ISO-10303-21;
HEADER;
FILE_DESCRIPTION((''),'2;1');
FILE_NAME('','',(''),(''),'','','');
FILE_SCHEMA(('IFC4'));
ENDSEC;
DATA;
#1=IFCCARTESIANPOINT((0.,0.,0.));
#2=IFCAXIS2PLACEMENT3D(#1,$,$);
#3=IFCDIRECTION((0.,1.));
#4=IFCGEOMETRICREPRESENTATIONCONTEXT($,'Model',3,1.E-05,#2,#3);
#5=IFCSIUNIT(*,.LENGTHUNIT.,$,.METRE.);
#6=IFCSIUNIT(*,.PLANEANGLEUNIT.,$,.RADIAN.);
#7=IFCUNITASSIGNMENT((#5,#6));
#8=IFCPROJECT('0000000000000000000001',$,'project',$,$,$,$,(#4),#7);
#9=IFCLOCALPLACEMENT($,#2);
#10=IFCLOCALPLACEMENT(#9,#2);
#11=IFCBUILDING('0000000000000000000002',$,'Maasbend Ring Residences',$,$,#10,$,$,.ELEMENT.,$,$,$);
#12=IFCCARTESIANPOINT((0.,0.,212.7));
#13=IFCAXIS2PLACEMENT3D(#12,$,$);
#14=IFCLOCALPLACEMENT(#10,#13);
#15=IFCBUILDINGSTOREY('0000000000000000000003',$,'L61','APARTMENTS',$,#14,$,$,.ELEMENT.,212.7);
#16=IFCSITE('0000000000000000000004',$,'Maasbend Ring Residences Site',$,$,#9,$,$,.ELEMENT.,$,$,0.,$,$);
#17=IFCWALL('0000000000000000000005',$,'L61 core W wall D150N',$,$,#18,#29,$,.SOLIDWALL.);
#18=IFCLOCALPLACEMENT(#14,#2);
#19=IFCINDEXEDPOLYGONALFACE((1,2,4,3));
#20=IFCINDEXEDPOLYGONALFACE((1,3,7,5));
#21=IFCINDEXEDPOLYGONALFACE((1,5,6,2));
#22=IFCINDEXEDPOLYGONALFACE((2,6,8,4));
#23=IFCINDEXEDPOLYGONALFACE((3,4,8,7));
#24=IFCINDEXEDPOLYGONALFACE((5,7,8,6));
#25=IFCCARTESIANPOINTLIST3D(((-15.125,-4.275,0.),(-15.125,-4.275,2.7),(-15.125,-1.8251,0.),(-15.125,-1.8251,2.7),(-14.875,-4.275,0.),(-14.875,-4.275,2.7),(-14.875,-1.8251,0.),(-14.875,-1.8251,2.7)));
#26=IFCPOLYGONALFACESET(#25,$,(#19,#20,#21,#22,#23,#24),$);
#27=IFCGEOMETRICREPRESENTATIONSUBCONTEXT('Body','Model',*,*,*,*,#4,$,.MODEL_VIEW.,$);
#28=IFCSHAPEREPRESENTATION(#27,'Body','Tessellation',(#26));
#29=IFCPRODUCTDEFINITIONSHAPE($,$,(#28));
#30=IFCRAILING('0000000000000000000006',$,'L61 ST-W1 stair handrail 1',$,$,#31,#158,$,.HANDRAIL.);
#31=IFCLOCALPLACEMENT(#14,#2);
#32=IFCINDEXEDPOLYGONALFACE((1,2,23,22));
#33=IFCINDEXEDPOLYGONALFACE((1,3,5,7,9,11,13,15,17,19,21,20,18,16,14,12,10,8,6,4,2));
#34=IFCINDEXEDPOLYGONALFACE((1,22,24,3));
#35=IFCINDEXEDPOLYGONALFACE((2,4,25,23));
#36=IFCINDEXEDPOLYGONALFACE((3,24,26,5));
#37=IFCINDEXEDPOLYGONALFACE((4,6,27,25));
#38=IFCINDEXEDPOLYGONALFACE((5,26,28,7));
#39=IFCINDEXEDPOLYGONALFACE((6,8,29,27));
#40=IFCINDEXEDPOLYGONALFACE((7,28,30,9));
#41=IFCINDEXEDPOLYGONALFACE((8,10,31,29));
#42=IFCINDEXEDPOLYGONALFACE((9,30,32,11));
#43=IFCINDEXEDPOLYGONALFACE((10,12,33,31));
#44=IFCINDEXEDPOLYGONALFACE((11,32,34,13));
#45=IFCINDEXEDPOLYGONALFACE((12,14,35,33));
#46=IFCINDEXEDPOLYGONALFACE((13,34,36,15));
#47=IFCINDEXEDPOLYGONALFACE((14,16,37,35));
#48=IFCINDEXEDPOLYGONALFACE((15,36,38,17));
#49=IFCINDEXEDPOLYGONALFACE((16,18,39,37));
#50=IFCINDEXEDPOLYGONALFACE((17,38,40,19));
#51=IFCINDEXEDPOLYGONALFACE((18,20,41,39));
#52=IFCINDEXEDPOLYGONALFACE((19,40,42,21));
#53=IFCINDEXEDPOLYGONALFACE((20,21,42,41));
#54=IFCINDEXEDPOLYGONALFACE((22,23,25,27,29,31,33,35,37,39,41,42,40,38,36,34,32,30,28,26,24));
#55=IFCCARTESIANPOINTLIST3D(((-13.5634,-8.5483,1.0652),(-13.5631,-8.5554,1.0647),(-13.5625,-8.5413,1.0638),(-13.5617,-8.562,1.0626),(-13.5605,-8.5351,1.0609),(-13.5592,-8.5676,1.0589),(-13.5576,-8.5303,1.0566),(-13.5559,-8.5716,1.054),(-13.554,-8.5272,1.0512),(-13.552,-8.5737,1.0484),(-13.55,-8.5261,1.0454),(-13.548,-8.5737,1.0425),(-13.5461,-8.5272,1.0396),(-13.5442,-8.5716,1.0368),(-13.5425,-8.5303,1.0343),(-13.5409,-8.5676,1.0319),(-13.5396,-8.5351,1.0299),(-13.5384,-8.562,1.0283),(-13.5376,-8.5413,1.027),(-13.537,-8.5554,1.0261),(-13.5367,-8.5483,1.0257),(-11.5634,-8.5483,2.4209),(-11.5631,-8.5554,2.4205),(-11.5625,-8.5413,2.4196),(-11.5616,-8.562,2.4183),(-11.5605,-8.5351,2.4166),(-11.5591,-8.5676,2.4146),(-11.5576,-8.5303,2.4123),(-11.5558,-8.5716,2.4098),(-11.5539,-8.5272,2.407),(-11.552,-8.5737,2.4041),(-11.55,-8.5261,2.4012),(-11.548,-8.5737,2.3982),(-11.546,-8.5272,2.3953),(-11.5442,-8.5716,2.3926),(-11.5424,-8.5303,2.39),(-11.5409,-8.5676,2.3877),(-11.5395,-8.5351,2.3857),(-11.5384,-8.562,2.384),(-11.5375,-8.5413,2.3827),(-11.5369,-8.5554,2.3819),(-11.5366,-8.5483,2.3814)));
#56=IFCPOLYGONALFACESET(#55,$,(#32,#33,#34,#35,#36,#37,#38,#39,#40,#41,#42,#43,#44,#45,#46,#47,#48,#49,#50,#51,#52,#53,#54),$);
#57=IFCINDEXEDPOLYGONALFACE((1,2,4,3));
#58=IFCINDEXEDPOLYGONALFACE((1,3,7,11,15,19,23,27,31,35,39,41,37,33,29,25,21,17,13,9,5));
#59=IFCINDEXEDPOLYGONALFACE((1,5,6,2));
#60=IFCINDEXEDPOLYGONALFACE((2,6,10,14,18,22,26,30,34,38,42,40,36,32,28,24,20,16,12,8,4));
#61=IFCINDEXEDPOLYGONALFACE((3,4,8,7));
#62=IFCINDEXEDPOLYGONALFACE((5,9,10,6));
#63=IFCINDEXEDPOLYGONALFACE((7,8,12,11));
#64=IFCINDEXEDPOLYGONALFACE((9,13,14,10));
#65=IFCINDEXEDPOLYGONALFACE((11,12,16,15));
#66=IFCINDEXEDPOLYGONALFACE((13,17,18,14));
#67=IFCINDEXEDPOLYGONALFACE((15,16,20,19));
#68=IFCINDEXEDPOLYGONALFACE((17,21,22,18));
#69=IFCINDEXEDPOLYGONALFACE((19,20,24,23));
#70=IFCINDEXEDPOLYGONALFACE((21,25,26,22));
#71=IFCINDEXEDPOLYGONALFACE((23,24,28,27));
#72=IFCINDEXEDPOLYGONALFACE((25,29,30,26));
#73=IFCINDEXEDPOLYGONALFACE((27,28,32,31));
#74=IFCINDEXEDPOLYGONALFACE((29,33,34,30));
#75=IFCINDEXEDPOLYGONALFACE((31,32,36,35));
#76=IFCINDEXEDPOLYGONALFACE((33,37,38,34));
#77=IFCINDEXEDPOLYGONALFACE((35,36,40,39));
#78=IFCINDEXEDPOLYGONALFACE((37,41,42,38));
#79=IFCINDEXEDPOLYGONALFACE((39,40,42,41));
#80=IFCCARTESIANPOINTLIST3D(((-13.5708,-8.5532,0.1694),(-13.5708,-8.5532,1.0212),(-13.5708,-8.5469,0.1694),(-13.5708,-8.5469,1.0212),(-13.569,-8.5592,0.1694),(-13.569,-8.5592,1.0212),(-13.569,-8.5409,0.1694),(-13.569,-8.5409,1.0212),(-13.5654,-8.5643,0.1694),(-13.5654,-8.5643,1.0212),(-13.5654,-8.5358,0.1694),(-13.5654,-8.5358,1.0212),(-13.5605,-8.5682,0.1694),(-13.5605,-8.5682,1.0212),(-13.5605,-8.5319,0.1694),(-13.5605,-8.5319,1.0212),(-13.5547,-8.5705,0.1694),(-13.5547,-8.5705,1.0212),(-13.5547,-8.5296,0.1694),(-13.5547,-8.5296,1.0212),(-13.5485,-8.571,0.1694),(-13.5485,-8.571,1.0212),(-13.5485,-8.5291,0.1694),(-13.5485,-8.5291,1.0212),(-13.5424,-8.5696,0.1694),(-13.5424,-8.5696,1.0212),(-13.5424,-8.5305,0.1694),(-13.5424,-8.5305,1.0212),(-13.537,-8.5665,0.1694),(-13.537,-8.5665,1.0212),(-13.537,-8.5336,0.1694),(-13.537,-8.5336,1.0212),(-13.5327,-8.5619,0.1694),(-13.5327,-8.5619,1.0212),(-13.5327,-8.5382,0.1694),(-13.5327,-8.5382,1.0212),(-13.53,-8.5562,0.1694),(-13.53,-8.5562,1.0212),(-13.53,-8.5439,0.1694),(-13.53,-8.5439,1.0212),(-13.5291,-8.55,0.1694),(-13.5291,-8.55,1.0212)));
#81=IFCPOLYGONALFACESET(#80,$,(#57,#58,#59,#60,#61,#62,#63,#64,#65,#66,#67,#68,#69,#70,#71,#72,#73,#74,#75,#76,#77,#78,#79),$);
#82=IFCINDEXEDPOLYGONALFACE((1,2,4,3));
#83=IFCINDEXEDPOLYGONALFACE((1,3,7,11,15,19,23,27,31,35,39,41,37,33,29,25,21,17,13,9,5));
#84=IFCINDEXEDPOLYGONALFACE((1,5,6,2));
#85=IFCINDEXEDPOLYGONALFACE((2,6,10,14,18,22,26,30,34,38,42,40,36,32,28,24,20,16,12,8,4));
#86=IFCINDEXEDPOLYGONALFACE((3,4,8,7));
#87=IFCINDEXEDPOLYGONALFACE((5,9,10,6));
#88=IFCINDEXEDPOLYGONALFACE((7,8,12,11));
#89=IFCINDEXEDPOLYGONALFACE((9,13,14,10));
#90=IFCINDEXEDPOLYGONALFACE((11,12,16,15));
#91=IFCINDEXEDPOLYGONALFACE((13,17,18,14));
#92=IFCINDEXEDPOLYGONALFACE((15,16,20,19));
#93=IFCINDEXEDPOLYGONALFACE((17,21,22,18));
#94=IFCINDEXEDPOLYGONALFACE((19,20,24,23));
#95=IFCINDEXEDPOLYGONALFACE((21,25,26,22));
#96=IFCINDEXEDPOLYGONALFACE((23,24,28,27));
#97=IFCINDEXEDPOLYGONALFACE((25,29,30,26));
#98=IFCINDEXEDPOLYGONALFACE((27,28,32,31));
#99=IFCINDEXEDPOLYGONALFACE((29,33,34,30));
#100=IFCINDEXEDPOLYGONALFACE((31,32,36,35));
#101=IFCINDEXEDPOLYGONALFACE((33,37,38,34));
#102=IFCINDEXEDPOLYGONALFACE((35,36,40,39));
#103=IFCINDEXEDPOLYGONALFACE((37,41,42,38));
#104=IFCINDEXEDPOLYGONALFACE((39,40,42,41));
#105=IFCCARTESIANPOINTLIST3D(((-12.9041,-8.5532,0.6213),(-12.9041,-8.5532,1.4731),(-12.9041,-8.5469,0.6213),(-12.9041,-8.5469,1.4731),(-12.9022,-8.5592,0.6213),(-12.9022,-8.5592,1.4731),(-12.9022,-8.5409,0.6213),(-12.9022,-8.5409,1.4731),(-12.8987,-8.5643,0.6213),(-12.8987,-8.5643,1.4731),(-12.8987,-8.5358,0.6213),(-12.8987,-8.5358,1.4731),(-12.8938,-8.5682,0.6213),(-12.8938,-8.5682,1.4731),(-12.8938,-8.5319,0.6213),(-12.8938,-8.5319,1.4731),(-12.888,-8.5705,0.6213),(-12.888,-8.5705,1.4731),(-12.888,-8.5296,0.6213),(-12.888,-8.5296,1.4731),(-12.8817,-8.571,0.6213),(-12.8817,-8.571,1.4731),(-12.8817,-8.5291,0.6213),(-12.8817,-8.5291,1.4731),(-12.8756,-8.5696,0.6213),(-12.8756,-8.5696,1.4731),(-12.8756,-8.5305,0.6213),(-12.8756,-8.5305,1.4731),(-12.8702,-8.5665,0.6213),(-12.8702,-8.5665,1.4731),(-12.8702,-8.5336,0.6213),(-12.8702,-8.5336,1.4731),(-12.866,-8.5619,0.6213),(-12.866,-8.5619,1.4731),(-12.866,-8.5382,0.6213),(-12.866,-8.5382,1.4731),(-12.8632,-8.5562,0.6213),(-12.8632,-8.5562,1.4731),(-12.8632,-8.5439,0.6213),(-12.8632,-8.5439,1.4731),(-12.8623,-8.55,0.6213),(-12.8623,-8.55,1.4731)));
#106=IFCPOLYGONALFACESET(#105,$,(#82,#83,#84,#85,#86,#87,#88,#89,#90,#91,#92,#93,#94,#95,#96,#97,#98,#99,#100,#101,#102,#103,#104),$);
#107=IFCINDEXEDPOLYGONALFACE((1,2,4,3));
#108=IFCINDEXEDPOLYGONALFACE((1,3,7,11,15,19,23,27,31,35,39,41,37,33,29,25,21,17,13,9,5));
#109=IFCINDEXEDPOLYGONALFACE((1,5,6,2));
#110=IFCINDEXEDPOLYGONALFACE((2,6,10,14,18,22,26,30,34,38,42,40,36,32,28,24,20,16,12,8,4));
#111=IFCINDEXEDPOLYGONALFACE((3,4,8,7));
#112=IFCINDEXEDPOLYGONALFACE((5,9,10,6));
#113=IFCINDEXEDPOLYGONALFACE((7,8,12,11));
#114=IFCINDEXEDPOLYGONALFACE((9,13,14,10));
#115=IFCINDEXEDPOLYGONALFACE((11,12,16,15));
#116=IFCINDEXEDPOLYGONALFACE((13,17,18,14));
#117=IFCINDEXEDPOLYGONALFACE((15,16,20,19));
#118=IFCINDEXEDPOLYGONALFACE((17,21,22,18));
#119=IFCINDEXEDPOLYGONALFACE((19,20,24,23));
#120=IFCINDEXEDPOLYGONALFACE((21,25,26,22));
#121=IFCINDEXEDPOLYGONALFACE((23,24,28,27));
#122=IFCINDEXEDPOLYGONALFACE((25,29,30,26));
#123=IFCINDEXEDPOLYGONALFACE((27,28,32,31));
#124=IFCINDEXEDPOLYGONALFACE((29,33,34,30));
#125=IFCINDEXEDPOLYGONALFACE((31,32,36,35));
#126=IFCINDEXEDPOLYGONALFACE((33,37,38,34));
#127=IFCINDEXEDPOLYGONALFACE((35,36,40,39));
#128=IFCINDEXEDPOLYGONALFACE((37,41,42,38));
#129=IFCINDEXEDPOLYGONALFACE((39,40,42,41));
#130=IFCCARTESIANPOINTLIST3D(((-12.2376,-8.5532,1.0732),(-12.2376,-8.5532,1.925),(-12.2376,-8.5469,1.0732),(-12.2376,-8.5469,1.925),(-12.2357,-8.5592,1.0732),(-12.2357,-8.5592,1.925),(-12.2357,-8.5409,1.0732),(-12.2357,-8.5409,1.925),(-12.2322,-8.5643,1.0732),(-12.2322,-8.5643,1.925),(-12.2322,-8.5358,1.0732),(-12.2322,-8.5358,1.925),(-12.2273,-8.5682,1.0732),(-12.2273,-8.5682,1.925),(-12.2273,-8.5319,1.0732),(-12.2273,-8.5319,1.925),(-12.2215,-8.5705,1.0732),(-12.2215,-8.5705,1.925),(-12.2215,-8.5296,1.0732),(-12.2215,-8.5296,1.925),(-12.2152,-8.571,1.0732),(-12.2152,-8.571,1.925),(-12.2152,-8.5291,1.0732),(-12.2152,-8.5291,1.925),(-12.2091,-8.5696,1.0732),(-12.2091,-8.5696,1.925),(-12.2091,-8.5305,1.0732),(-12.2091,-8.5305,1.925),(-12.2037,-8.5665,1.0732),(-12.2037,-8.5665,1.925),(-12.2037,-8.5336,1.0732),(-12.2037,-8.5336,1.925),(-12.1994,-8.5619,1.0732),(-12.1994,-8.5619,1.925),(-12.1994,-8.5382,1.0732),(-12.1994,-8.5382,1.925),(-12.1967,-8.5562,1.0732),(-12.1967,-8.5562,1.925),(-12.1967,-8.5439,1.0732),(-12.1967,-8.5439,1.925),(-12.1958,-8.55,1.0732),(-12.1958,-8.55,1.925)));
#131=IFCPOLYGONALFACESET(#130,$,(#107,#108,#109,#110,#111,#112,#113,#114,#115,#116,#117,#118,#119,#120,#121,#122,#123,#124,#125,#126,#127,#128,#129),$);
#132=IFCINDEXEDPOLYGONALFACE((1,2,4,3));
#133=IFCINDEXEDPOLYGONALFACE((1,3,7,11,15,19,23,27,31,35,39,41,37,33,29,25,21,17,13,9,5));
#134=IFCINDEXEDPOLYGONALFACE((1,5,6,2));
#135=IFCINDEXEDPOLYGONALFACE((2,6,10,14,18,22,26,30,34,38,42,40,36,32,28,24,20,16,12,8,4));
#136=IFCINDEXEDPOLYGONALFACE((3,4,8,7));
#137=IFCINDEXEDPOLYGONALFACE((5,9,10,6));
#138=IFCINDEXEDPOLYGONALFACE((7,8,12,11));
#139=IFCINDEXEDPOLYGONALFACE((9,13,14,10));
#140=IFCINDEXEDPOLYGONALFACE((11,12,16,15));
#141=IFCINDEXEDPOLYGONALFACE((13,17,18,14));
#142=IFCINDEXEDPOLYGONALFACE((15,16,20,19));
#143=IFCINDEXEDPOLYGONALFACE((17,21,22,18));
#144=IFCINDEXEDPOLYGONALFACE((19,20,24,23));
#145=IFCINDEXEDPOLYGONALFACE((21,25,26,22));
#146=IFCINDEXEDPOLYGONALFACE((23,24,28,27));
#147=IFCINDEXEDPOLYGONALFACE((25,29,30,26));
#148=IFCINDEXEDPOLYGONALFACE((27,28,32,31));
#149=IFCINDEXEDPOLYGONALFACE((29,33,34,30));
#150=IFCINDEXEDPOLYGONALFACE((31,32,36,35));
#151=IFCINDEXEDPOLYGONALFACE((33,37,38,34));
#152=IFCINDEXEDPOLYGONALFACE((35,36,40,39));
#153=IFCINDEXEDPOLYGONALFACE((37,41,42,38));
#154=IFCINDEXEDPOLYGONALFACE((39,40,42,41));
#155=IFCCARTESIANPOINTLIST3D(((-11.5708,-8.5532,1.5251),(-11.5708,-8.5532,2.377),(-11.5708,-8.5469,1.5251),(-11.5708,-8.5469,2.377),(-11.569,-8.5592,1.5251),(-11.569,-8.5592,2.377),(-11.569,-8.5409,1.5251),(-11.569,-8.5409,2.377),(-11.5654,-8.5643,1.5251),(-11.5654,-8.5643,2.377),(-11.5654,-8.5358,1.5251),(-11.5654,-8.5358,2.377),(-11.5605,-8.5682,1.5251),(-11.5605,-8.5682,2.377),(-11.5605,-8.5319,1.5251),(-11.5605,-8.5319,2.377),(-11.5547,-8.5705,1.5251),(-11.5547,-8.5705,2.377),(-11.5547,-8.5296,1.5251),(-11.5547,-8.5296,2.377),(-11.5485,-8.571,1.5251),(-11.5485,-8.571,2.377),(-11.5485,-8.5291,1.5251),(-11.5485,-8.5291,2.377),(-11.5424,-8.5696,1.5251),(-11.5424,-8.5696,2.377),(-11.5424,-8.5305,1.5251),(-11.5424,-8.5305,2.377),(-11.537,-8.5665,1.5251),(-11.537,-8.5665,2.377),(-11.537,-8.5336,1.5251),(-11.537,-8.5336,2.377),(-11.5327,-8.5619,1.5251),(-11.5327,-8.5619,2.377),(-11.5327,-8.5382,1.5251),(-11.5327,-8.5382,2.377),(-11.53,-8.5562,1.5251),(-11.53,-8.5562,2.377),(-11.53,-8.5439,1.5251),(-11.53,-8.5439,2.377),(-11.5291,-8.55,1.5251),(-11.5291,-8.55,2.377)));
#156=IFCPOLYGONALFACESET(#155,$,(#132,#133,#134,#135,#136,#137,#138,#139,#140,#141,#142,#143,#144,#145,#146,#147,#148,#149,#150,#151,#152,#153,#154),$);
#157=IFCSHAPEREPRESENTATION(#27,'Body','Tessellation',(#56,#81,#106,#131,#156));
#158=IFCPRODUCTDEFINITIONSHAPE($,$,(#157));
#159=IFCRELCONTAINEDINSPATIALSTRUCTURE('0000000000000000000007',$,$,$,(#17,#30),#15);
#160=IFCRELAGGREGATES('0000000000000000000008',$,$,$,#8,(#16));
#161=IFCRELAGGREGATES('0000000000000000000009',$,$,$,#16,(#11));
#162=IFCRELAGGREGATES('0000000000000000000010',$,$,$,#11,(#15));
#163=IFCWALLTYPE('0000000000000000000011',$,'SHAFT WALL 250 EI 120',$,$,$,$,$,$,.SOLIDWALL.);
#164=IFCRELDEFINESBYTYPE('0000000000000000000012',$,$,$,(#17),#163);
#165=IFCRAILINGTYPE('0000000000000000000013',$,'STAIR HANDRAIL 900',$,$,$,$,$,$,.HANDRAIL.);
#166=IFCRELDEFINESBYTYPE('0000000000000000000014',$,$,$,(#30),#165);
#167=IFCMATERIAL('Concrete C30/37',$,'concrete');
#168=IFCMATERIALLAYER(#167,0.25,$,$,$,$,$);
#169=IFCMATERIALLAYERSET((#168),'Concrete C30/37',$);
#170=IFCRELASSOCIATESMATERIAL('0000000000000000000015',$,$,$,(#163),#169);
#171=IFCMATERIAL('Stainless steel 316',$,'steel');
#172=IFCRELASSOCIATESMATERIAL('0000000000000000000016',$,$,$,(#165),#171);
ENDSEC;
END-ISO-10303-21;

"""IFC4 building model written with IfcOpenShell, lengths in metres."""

from ifc_helpers import new_model, si_unit, direction, frame, frame_2d, origin, origin_2d, place, context, subcontext, project, spatial, rectangle, circle, extrude, material, layer, layer_set, type_object, element, save


model = new_model("IFC4")

# Units and contexts
model_context = context("Model", 3, precision=1e-05, world=origin(), true_north=direction((0.0, 1.0)))
body_context = subcontext(model_context, "Body", "Model", "MODEL_VIEW")
ifc_project = project(units=[si_unit("LENGTHUNIT", "METRE"), si_unit("PLANEANGLEUNIT", "RADIAN")], contexts=[model_context])

# Site, building, storey
site_placement = place(None, origin())
site = spatial("IfcSite", under=ifc_project, at=site_placement, Name="Maasbend Ring Residences Site", CompositionType="ELEMENT", RefElevation=0.0)
building_placement = place(site_placement, origin())
building = spatial("IfcBuilding", under=site, at=building_placement, Name="Maasbend Ring Residences", CompositionType="ELEMENT")
storey_placement = place(building_placement, frame((0.0, 0.0, 212.7)))
storey = spatial("IfcBuildingStorey", under=building, at=storey_placement, Name="L61", Description="APARTMENTS", CompositionType="ELEMENT", Elevation=212.7)

# Wall
ifc_material_1 = material(Name="Concrete C30/37", Category="concrete")
ifc_layer_1 = layer(ifc_material_1, 0.25)
ifc_layer_set_1 = layer_set([ifc_layer_1], Name="Concrete C30/37")
wall_type_1 = type_object("IfcWallType", Name="SHAFT WALL 250 EI 120", PredefinedType="SOLIDWALL", material=ifc_layer_set_1)
wall_1_placement = place(storey_placement, frame((-15.0, -1.825, 0.0), z_axis=(0.0, 0.0, 1.0), x_axis=(0.0, -1.0, 0.0)))
element("IfcWall", 1, at=wall_1_placement, inside=storey, type_object=wall_type_1, Name="L61 core W wall D150N", PredefinedType="SOLIDWALL", context=body_context, shape_type="SweptSolid", body=[
    extrude(rectangle(XDim=2.45, YDim=0.25, at=frame_2d((1.2251, 0.0))), origin(), (0.0, 0.0, 1.0), 2.7),
])

# Railing
ifc_material_2 = material(Name="Stainless steel 316", Category="steel")
railing_type_1 = type_object("IfcRailingType", Name="STAIR HANDRAIL 900", PredefinedType="HANDRAIL", material=ifc_material_2)
railing_1_placement = place(storey_placement, frame((-13.55, -8.55, 0.1694)))
element("IfcRailing", 2, at=railing_1_placement, inside=storey, type_object=railing_type_1, Name="L61 ST-W1 stair handrail 1", PredefinedType="HANDRAIL", context=body_context, shape_type="SweptSolid", body=[
    extrude(circle(Radius=0.0239, at=origin_2d()), frame((0.0, 0.0, 0.876), z_axis=(0.827751, 0.0, 0.561096), x_axis=(0.0, 1.0, 0.0)), (0.0, 0.0, 1.0), 2.4163),
    extrude(circle(Radius=0.021, at=origin_2d()), origin(), (0.0, 0.0, 1.0), 0.8518),
    extrude(circle(Radius=0.021, at=origin_2d()), frame((0.6667, 0.0, 0.4519)), (0.0, 0.0, 1.0), 0.8518),
    extrude(circle(Radius=0.021, at=origin_2d()), frame((1.3333, 0.0, 0.9038)), (0.0, 0.0, 1.0), 0.8518),
    extrude(circle(Radius=0.021, at=origin_2d()), frame((2.0, 0.0, 1.3557)), (0.0, 0.0, 1.0), 0.8518),
])

save(model, "model.ifc")
